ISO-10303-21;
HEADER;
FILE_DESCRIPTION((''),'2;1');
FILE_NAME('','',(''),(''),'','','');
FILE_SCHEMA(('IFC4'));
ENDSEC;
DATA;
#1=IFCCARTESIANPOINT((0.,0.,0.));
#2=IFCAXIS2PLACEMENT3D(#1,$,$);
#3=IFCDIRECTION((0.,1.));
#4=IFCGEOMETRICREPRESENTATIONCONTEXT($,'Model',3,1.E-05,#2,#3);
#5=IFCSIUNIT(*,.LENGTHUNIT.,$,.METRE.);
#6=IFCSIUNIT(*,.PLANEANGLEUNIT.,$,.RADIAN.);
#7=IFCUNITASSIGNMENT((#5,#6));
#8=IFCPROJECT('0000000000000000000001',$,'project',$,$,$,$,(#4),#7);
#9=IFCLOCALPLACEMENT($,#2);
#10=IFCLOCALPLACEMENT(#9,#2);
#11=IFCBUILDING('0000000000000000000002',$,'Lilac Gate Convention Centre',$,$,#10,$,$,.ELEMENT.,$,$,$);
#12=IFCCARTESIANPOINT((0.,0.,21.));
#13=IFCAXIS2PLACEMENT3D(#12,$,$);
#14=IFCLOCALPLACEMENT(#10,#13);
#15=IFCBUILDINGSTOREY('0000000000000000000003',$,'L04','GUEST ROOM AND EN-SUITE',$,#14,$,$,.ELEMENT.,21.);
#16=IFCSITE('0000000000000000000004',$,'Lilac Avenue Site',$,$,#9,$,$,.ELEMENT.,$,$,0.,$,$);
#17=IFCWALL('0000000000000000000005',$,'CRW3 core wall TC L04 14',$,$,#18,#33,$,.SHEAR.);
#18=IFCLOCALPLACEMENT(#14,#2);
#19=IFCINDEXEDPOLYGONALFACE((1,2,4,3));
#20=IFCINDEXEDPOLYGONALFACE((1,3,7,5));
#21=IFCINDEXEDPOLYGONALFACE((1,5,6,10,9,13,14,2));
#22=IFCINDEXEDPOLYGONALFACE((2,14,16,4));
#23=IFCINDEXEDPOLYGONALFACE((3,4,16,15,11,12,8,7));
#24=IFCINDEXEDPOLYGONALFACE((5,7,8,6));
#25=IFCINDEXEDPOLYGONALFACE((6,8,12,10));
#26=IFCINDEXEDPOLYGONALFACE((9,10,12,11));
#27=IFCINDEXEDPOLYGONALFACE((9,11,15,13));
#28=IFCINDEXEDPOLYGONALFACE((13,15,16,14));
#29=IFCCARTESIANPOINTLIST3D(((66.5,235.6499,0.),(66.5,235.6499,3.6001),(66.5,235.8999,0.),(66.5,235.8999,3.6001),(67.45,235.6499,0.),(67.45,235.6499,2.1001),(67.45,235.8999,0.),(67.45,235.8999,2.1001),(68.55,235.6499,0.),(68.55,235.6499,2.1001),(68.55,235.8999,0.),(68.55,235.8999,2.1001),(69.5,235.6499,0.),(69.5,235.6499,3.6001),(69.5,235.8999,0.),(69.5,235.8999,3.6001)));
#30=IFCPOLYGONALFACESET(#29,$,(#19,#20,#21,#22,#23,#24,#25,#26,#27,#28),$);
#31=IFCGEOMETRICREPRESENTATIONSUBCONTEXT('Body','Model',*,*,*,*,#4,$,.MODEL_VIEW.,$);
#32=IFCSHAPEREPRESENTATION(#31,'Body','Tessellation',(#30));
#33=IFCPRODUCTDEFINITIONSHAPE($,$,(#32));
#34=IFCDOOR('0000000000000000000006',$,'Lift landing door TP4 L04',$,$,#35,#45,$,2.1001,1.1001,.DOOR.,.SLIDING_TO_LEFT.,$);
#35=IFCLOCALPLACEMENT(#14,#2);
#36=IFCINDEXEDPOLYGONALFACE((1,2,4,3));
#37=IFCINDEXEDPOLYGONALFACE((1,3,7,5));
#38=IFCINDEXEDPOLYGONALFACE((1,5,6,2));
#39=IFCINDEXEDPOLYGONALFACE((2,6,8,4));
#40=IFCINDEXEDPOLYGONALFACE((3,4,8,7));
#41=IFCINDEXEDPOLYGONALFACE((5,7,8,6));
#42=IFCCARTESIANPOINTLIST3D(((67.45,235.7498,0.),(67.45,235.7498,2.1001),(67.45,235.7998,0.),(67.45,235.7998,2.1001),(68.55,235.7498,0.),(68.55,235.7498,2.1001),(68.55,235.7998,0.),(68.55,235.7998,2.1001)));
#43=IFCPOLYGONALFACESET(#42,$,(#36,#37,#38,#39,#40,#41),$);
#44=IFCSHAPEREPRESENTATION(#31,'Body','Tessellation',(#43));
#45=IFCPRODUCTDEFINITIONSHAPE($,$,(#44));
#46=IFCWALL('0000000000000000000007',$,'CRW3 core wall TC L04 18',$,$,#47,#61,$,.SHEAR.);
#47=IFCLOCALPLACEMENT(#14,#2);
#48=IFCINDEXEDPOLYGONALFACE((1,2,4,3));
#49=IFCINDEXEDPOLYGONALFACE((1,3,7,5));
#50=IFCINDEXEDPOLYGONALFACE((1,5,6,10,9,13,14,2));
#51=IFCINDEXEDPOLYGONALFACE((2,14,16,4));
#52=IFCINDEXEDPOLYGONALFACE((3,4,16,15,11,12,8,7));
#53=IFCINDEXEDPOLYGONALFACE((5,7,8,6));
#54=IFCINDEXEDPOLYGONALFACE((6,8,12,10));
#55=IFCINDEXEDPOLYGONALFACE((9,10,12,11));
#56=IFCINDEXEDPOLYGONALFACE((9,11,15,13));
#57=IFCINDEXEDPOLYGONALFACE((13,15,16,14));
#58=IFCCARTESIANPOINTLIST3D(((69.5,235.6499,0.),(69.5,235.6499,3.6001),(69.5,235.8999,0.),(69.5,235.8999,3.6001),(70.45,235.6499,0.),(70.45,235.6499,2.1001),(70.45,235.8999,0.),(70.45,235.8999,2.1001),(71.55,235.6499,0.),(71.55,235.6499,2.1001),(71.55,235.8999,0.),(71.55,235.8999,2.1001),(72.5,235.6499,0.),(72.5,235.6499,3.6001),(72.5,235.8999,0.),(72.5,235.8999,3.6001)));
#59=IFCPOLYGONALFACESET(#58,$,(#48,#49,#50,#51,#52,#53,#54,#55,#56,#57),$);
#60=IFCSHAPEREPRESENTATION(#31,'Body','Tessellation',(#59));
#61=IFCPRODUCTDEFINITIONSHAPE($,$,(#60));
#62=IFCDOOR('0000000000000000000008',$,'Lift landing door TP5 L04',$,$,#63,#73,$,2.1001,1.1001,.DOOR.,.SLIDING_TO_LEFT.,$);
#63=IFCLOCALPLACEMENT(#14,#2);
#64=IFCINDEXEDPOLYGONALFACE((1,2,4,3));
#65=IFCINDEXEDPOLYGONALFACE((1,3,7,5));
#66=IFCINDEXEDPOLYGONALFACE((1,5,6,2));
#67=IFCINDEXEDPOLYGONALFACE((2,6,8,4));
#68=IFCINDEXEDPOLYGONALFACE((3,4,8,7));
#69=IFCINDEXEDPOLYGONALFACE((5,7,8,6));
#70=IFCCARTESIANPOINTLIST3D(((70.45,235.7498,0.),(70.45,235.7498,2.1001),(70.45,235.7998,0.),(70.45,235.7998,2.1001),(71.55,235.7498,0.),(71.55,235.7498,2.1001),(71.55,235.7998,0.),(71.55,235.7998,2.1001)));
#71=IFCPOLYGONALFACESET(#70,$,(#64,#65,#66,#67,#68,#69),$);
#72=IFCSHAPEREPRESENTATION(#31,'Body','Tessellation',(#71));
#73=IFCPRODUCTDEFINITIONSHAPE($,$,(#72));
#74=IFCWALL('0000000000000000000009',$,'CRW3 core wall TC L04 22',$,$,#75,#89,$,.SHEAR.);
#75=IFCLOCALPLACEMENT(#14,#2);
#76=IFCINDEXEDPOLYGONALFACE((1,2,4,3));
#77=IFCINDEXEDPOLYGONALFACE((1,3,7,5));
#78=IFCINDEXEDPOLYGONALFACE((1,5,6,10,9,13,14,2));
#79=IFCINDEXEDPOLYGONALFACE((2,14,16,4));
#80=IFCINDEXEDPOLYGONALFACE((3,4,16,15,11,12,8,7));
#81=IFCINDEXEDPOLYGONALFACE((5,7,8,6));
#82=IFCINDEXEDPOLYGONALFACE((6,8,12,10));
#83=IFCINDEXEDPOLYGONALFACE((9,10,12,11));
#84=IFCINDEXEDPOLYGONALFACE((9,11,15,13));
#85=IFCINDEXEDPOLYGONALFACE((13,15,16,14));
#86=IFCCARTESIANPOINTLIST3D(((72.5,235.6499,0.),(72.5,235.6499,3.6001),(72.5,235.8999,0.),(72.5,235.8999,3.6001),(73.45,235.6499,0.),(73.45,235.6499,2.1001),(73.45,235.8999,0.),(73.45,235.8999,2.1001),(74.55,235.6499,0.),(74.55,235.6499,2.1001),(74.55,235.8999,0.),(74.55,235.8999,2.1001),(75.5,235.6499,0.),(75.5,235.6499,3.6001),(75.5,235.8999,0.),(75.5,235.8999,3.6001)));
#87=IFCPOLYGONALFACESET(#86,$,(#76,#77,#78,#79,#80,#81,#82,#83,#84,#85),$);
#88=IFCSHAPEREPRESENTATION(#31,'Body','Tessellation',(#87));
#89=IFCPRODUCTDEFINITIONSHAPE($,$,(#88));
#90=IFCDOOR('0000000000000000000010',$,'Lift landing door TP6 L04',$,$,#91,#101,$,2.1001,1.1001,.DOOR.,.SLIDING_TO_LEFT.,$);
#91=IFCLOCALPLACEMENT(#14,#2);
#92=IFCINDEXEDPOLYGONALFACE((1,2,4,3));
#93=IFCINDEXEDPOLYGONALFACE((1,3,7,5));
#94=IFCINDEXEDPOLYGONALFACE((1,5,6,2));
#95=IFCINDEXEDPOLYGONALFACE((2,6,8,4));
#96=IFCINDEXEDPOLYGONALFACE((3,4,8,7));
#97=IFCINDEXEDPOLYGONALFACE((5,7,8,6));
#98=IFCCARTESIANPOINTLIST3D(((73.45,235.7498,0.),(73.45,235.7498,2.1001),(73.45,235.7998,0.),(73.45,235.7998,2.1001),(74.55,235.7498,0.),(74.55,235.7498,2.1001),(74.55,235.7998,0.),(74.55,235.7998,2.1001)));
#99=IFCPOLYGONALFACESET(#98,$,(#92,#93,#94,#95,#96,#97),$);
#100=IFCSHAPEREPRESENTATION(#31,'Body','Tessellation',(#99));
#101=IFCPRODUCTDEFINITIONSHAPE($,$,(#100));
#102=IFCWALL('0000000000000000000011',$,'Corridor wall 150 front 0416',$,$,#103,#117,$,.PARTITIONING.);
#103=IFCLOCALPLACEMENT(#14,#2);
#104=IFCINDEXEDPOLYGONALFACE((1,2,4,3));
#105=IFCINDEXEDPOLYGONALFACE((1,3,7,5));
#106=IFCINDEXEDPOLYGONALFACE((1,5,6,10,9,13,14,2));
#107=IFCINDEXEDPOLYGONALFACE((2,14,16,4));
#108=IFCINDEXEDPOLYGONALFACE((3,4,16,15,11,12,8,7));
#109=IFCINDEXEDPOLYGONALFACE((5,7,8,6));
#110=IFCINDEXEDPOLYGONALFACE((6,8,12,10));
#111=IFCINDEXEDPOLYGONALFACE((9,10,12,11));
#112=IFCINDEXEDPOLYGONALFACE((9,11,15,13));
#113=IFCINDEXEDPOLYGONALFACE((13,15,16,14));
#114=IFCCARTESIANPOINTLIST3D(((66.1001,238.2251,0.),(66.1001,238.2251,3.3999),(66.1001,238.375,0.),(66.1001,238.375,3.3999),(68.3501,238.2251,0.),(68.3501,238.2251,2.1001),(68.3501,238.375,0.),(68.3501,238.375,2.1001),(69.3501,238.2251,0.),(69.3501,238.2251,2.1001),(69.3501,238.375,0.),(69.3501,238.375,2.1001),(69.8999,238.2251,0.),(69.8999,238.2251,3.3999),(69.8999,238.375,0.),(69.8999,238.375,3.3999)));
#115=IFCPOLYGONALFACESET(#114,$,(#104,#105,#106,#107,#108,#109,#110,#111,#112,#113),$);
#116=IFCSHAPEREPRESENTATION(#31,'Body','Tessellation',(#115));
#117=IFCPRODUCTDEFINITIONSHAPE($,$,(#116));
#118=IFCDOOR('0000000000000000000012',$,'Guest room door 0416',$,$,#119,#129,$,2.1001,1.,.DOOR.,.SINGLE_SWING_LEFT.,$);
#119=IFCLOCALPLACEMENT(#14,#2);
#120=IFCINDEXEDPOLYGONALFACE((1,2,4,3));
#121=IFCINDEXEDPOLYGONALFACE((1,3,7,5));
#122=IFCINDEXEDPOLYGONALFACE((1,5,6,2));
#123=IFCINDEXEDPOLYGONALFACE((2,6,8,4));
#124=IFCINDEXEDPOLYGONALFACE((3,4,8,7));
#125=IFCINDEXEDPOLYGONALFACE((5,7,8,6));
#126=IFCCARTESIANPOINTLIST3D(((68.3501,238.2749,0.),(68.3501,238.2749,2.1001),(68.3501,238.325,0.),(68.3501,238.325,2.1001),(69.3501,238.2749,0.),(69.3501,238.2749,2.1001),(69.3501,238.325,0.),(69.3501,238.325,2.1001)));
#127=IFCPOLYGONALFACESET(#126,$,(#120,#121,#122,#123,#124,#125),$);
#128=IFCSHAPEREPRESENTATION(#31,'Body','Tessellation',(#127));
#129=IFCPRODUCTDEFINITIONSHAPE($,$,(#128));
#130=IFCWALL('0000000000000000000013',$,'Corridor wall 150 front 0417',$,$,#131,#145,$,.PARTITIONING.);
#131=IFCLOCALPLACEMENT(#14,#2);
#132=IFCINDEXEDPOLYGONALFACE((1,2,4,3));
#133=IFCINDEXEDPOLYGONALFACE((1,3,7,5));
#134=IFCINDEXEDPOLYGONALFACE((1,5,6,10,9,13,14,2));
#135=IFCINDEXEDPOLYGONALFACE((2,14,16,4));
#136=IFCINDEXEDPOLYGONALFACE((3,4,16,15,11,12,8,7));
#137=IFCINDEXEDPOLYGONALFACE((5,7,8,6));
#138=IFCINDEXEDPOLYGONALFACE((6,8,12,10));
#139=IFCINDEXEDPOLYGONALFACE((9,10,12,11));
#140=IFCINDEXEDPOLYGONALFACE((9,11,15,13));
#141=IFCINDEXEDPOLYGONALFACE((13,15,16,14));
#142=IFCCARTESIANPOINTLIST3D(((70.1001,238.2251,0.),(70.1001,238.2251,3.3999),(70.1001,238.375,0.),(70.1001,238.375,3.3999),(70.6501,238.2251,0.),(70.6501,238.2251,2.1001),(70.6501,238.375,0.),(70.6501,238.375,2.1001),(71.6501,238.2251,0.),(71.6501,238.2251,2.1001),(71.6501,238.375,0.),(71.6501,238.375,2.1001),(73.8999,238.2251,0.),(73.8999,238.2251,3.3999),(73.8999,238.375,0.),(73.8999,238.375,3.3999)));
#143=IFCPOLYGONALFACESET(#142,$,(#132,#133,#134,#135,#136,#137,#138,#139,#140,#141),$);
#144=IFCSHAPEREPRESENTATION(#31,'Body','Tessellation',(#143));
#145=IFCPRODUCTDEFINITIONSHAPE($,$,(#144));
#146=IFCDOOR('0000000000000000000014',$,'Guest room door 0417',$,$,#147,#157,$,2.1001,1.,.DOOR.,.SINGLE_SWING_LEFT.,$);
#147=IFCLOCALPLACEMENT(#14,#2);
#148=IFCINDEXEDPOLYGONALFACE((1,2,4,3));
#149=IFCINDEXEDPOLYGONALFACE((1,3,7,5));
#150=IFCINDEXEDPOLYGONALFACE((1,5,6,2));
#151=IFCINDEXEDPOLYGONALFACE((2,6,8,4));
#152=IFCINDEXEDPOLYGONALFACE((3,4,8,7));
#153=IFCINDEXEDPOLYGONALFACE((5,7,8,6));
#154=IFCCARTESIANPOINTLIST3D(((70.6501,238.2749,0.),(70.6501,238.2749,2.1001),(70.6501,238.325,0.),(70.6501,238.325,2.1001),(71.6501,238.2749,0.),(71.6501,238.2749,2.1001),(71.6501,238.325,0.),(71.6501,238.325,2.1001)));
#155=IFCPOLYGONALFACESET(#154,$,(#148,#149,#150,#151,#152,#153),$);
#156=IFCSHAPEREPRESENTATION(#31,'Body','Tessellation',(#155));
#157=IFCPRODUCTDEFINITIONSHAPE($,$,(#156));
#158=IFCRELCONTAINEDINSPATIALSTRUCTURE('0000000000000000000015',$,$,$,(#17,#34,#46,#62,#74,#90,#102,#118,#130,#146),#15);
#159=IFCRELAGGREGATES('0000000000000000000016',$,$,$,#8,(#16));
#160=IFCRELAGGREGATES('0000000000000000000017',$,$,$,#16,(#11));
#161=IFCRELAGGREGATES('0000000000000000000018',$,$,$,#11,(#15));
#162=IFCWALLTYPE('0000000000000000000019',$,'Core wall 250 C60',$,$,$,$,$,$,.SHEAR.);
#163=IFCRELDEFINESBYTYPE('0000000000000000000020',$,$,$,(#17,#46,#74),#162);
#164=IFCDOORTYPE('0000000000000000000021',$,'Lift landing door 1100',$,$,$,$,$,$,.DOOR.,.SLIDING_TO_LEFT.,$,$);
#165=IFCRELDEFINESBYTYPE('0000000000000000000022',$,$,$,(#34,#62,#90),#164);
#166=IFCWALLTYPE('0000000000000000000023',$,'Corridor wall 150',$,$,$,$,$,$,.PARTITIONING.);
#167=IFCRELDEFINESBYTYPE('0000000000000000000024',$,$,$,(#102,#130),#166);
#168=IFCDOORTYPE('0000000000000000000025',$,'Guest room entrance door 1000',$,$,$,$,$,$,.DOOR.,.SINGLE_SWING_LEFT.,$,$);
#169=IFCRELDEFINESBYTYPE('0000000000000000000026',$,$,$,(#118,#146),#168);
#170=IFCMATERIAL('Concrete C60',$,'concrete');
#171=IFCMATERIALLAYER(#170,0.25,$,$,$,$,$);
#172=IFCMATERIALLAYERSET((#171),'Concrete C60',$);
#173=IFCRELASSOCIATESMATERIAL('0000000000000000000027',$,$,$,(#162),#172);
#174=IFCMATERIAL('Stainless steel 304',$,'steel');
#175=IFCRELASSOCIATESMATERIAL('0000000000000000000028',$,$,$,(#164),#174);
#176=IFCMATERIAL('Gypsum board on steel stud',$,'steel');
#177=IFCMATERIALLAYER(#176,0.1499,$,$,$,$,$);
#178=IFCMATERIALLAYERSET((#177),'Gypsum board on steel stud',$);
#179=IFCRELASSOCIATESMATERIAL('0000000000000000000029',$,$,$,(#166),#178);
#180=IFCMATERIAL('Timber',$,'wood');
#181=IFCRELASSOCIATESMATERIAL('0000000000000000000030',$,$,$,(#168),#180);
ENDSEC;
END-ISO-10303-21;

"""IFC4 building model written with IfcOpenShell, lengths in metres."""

from ifc_helpers import new_model, si_unit, direction, frame, frame_2d, origin, place, context, subcontext, project, spatial, rectangle, extrude, material, layer, layer_set, type_object, element, fill, save


model = new_model("IFC4")

# Units and contexts
model_context = context("Model", 3, precision=1e-05, world=origin(), true_north=direction((0.0, 1.0)))
body_context = subcontext(model_context, "Body", "Model", "MODEL_VIEW")
ifc_project = project(units=[si_unit("LENGTHUNIT", "METRE"), si_unit("PLANEANGLEUNIT", "RADIAN")], contexts=[model_context])

# Site, building, storey
site_placement = place(None, origin())
site = spatial("IfcSite", under=ifc_project, at=site_placement, Name="Lilac Avenue Site", CompositionType="ELEMENT", RefElevation=0.0)
building_placement = place(site_placement, origin())
building = spatial("IfcBuilding", under=site, at=building_placement, Name="Lilac Gate Convention Centre", CompositionType="ELEMENT")
storey_placement = place(building_placement, frame((0.0, 0.0, 21.0)))
storey = spatial("IfcBuildingStorey", under=building, at=storey_placement, Name="L04", Description="GUEST ROOM AND EN-SUITE", CompositionType="ELEMENT", Elevation=21.0)

# Walls, openings, doors
ifc_material_1 = material(Name="Concrete C60", Category="concrete")
ifc_layer_1 = layer(ifc_material_1, 0.25)
ifc_layer_set_1 = layer_set([ifc_layer_1], Name="Concrete C60")
wall_type_1 = type_object("IfcWallType", Name="Core wall 250 C60", PredefinedType="SHEAR", material=ifc_layer_set_1)
wall_1_placement = place(storey_placement, frame((66.5, 235.7749, 0.0), z_axis=(0.0, 0.0, 1.0), x_axis=(1.0, 0.0, 0.0)))
wall_1 = element("IfcWall", 1, at=wall_1_placement, inside=storey, type_object=wall_type_1, Name="CRW3 core wall TC L04 14", PredefinedType="SHEAR", context=body_context, shape_type="SweptSolid", body=[
    extrude(rectangle(XDim=3.0, YDim=0.25, at=frame_2d((1.5, 0.0))), origin(), (0.0, 0.0, 1.0), 3.6001),
])
opening_1_placement = place(wall_1_placement, frame((0.95, 0.0, 0.0)))
opening_1 = element("IfcOpeningElement", 2, at=opening_1_placement, cuts=wall_1, PredefinedType="OPENING", context=body_context, shape_type="SweptSolid", body=[
    extrude(rectangle(XDim=1.1001, YDim=2.1001, at=frame_2d((0.55, 1.05))), frame((0.0, 0.135, 0.0), z_axis=(0.0, -1.0, 0.0), x_axis=(1.0, 0.0, 0.0)), (0.0, 0.0, 1.0), 0.27),
])
ifc_material_2 = material(Name="Stainless steel 304", Category="steel")
door_type_1 = type_object("IfcDoorType", Name="Lift landing door 1100", OperationType="SLIDING_TO_LEFT", PredefinedType="DOOR", material=ifc_material_2)
door_1_placement = place(opening_1_placement, origin())
door_1 = element("IfcDoor", 3, at=door_1_placement, inside=storey, type_object=door_type_1, Name="Lift landing door TP4 L04", OperationType="SLIDING_TO_LEFT", OverallHeight=2.1001, OverallWidth=1.1001, PredefinedType="DOOR", context=body_context, shape_type="SweptSolid", body=[
    extrude(rectangle(XDim=1.1001, YDim=2.1001, at=frame_2d((0.55, 1.05))), frame((0.0, 0.0249, 0.0), z_axis=(0.0, -1.0, 0.0), x_axis=(1.0, 0.0, 0.0)), (0.0, 0.0, 1.0), 0.05),
])
fill(opening_1, door_1)
wall_2_placement = place(storey_placement, frame((69.5, 235.7749, 0.0), z_axis=(0.0, 0.0, 1.0), x_axis=(1.0, 0.0, 0.0)))
wall_2 = element("IfcWall", 4, at=wall_2_placement, inside=storey, type_object=wall_type_1, Name="CRW3 core wall TC L04 18", PredefinedType="SHEAR", context=body_context, shape_type="SweptSolid", body=[
    extrude(rectangle(XDim=3.0, YDim=0.25, at=frame_2d((1.5, 0.0))), origin(), (0.0, 0.0, 1.0), 3.6001),
])
opening_2_placement = place(wall_2_placement, frame((0.95, 0.0, 0.0)))
opening_2 = element("IfcOpeningElement", 5, at=opening_2_placement, cuts=wall_2, PredefinedType="OPENING", context=body_context, shape_type="SweptSolid", body=[
    extrude(rectangle(XDim=1.1001, YDim=2.1001, at=frame_2d((0.55, 1.05))), frame((0.0, 0.135, 0.0), z_axis=(0.0, -1.0, 0.0), x_axis=(1.0, 0.0, 0.0)), (0.0, 0.0, 1.0), 0.27),
])
door_2_placement = place(opening_2_placement, origin())
door_2 = element("IfcDoor", 6, at=door_2_placement, inside=storey, type_object=door_type_1, Name="Lift landing door TP5 L04", OperationType="SLIDING_TO_LEFT", OverallHeight=2.1001, OverallWidth=1.1001, PredefinedType="DOOR", context=body_context, shape_type="SweptSolid", body=[
    extrude(rectangle(XDim=1.1001, YDim=2.1001, at=frame_2d((0.55, 1.05))), frame((0.0, 0.0249, 0.0), z_axis=(0.0, -1.0, 0.0), x_axis=(1.0, 0.0, 0.0)), (0.0, 0.0, 1.0), 0.05),
])
fill(opening_2, door_2)
wall_3_placement = place(storey_placement, frame((72.5, 235.7749, 0.0), z_axis=(0.0, 0.0, 1.0), x_axis=(1.0, 0.0, 0.0)))
wall_3 = element("IfcWall", 7, at=wall_3_placement, inside=storey, type_object=wall_type_1, Name="CRW3 core wall TC L04 22", PredefinedType="SHEAR", context=body_context, shape_type="SweptSolid", body=[
    extrude(rectangle(XDim=3.0, YDim=0.25, at=frame_2d((1.5, 0.0))), origin(), (0.0, 0.0, 1.0), 3.6001),
])
opening_3_placement = place(wall_3_placement, frame((0.95, 0.0, 0.0)))
opening_3 = element("IfcOpeningElement", 8, at=opening_3_placement, cuts=wall_3, PredefinedType="OPENING", context=body_context, shape_type="SweptSolid", body=[
    extrude(rectangle(XDim=1.1001, YDim=2.1001, at=frame_2d((0.55, 1.05))), frame((0.0, 0.135, 0.0), z_axis=(0.0, -1.0, 0.0), x_axis=(1.0, 0.0, 0.0)), (0.0, 0.0, 1.0), 0.27),
])
door_3_placement = place(opening_3_placement, origin())
door_3 = element("IfcDoor", 9, at=door_3_placement, inside=storey, type_object=door_type_1, Name="Lift landing door TP6 L04", OperationType="SLIDING_TO_LEFT", OverallHeight=2.1001, OverallWidth=1.1001, PredefinedType="DOOR", context=body_context, shape_type="SweptSolid", body=[
    extrude(rectangle(XDim=1.1001, YDim=2.1001, at=frame_2d((0.55, 1.05))), frame((0.0, 0.0249, 0.0), z_axis=(0.0, -1.0, 0.0), x_axis=(1.0, 0.0, 0.0)), (0.0, 0.0, 1.0), 0.05),
])
fill(opening_3, door_3)
ifc_material_3 = material(Name="Gypsum board on steel stud", Category="steel")
ifc_layer_2 = layer(ifc_material_3, 0.1499)
ifc_layer_set_2 = layer_set([ifc_layer_2], Name="Gypsum board on steel stud")
wall_type_2 = type_object("IfcWallType", Name="Corridor wall 150", PredefinedType="PARTITIONING", material=ifc_layer_set_2)
wall_4_placement = place(storey_placement, frame((66.1001, 238.3, 0.0), z_axis=(0.0, 0.0, 1.0), x_axis=(1.0, 0.0, 0.0)))
wall_4 = element("IfcWall", 10, at=wall_4_placement, inside=storey, type_object=wall_type_2, Name="Corridor wall 150 front 0416", PredefinedType="PARTITIONING", context=body_context, shape_type="SweptSolid", body=[
    extrude(rectangle(XDim=3.7998, YDim=0.1499, at=frame_2d((1.8999, 0.0))), origin(), (0.0, 0.0, 1.0), 3.3999),
])
opening_4_placement = place(wall_4_placement, frame((2.25, 0.0, 0.0)))
opening_4 = element("IfcOpeningElement", 11, at=opening_4_placement, cuts=wall_4, PredefinedType="OPENING", context=body_context, shape_type="SweptSolid", body=[
    extrude(rectangle(XDim=1.0, YDim=2.1001, at=frame_2d((0.5, 1.05))), frame((0.0, 0.085, 0.0), z_axis=(0.0, -1.0, 0.0), x_axis=(1.0, 0.0, 0.0)), (0.0, 0.0, 1.0), 0.1699),
])
ifc_material_4 = material(Name="Timber", Category="wood")
door_type_2 = type_object("IfcDoorType", Name="Guest room entrance door 1000", OperationType="SINGLE_SWING_LEFT", PredefinedType="DOOR", material=ifc_material_4)
door_4_placement = place(opening_4_placement, origin())
door_4 = element("IfcDoor", 12, at=door_4_placement, inside=storey, type_object=door_type_2, Name="Guest room door 0416", OperationType="SINGLE_SWING_LEFT", OverallHeight=2.1001, OverallWidth=1.0, PredefinedType="DOOR", context=body_context, shape_type="SweptSolid", body=[
    extrude(rectangle(XDim=1.0, YDim=2.1001, at=frame_2d((0.5, 1.05))), frame((0.0, 0.0249, 0.0), z_axis=(0.0, -1.0, 0.0), x_axis=(1.0, 0.0, 0.0)), (0.0, 0.0, 1.0), 0.05),
])
fill(opening_4, door_4)
wall_5_placement = place(storey_placement, frame((70.1001, 238.3, 0.0), z_axis=(0.0, 0.0, 1.0), x_axis=(1.0, 0.0, 0.0)))
wall_5 = element("IfcWall", 13, at=wall_5_placement, inside=storey, type_object=wall_type_2, Name="Corridor wall 150 front 0417", PredefinedType="PARTITIONING", context=body_context, shape_type="SweptSolid", body=[
    extrude(rectangle(XDim=3.7998, YDim=0.1499, at=frame_2d((1.8999, 0.0))), origin(), (0.0, 0.0, 1.0), 3.3999),
])
opening_5_placement = place(wall_5_placement, frame((0.55, 0.0, 0.0)))
opening_5 = element("IfcOpeningElement", 14, at=opening_5_placement, cuts=wall_5, PredefinedType="OPENING", context=body_context, shape_type="SweptSolid", body=[
    extrude(rectangle(XDim=1.0, YDim=2.1001, at=frame_2d((0.5, 1.05))), frame((0.0, 0.085, 0.0), z_axis=(0.0, -1.0, 0.0), x_axis=(1.0, 0.0, 0.0)), (0.0, 0.0, 1.0), 0.1699),
])
door_5_placement = place(opening_5_placement, origin())
door_5 = element("IfcDoor", 15, at=door_5_placement, inside=storey, type_object=door_type_2, Name="Guest room door 0417", OperationType="SINGLE_SWING_LEFT", OverallHeight=2.1001, OverallWidth=1.0, PredefinedType="DOOR", context=body_context, shape_type="SweptSolid", body=[
    extrude(rectangle(XDim=1.0, YDim=2.1001, at=frame_2d((0.5, 1.05))), frame((0.0, 0.0249, 0.0), z_axis=(0.0, -1.0, 0.0), x_axis=(1.0, 0.0, 0.0)), (0.0, 0.0, 1.0), 0.05),
])
fill(opening_5, door_5)

save(model, "model.ifc")
